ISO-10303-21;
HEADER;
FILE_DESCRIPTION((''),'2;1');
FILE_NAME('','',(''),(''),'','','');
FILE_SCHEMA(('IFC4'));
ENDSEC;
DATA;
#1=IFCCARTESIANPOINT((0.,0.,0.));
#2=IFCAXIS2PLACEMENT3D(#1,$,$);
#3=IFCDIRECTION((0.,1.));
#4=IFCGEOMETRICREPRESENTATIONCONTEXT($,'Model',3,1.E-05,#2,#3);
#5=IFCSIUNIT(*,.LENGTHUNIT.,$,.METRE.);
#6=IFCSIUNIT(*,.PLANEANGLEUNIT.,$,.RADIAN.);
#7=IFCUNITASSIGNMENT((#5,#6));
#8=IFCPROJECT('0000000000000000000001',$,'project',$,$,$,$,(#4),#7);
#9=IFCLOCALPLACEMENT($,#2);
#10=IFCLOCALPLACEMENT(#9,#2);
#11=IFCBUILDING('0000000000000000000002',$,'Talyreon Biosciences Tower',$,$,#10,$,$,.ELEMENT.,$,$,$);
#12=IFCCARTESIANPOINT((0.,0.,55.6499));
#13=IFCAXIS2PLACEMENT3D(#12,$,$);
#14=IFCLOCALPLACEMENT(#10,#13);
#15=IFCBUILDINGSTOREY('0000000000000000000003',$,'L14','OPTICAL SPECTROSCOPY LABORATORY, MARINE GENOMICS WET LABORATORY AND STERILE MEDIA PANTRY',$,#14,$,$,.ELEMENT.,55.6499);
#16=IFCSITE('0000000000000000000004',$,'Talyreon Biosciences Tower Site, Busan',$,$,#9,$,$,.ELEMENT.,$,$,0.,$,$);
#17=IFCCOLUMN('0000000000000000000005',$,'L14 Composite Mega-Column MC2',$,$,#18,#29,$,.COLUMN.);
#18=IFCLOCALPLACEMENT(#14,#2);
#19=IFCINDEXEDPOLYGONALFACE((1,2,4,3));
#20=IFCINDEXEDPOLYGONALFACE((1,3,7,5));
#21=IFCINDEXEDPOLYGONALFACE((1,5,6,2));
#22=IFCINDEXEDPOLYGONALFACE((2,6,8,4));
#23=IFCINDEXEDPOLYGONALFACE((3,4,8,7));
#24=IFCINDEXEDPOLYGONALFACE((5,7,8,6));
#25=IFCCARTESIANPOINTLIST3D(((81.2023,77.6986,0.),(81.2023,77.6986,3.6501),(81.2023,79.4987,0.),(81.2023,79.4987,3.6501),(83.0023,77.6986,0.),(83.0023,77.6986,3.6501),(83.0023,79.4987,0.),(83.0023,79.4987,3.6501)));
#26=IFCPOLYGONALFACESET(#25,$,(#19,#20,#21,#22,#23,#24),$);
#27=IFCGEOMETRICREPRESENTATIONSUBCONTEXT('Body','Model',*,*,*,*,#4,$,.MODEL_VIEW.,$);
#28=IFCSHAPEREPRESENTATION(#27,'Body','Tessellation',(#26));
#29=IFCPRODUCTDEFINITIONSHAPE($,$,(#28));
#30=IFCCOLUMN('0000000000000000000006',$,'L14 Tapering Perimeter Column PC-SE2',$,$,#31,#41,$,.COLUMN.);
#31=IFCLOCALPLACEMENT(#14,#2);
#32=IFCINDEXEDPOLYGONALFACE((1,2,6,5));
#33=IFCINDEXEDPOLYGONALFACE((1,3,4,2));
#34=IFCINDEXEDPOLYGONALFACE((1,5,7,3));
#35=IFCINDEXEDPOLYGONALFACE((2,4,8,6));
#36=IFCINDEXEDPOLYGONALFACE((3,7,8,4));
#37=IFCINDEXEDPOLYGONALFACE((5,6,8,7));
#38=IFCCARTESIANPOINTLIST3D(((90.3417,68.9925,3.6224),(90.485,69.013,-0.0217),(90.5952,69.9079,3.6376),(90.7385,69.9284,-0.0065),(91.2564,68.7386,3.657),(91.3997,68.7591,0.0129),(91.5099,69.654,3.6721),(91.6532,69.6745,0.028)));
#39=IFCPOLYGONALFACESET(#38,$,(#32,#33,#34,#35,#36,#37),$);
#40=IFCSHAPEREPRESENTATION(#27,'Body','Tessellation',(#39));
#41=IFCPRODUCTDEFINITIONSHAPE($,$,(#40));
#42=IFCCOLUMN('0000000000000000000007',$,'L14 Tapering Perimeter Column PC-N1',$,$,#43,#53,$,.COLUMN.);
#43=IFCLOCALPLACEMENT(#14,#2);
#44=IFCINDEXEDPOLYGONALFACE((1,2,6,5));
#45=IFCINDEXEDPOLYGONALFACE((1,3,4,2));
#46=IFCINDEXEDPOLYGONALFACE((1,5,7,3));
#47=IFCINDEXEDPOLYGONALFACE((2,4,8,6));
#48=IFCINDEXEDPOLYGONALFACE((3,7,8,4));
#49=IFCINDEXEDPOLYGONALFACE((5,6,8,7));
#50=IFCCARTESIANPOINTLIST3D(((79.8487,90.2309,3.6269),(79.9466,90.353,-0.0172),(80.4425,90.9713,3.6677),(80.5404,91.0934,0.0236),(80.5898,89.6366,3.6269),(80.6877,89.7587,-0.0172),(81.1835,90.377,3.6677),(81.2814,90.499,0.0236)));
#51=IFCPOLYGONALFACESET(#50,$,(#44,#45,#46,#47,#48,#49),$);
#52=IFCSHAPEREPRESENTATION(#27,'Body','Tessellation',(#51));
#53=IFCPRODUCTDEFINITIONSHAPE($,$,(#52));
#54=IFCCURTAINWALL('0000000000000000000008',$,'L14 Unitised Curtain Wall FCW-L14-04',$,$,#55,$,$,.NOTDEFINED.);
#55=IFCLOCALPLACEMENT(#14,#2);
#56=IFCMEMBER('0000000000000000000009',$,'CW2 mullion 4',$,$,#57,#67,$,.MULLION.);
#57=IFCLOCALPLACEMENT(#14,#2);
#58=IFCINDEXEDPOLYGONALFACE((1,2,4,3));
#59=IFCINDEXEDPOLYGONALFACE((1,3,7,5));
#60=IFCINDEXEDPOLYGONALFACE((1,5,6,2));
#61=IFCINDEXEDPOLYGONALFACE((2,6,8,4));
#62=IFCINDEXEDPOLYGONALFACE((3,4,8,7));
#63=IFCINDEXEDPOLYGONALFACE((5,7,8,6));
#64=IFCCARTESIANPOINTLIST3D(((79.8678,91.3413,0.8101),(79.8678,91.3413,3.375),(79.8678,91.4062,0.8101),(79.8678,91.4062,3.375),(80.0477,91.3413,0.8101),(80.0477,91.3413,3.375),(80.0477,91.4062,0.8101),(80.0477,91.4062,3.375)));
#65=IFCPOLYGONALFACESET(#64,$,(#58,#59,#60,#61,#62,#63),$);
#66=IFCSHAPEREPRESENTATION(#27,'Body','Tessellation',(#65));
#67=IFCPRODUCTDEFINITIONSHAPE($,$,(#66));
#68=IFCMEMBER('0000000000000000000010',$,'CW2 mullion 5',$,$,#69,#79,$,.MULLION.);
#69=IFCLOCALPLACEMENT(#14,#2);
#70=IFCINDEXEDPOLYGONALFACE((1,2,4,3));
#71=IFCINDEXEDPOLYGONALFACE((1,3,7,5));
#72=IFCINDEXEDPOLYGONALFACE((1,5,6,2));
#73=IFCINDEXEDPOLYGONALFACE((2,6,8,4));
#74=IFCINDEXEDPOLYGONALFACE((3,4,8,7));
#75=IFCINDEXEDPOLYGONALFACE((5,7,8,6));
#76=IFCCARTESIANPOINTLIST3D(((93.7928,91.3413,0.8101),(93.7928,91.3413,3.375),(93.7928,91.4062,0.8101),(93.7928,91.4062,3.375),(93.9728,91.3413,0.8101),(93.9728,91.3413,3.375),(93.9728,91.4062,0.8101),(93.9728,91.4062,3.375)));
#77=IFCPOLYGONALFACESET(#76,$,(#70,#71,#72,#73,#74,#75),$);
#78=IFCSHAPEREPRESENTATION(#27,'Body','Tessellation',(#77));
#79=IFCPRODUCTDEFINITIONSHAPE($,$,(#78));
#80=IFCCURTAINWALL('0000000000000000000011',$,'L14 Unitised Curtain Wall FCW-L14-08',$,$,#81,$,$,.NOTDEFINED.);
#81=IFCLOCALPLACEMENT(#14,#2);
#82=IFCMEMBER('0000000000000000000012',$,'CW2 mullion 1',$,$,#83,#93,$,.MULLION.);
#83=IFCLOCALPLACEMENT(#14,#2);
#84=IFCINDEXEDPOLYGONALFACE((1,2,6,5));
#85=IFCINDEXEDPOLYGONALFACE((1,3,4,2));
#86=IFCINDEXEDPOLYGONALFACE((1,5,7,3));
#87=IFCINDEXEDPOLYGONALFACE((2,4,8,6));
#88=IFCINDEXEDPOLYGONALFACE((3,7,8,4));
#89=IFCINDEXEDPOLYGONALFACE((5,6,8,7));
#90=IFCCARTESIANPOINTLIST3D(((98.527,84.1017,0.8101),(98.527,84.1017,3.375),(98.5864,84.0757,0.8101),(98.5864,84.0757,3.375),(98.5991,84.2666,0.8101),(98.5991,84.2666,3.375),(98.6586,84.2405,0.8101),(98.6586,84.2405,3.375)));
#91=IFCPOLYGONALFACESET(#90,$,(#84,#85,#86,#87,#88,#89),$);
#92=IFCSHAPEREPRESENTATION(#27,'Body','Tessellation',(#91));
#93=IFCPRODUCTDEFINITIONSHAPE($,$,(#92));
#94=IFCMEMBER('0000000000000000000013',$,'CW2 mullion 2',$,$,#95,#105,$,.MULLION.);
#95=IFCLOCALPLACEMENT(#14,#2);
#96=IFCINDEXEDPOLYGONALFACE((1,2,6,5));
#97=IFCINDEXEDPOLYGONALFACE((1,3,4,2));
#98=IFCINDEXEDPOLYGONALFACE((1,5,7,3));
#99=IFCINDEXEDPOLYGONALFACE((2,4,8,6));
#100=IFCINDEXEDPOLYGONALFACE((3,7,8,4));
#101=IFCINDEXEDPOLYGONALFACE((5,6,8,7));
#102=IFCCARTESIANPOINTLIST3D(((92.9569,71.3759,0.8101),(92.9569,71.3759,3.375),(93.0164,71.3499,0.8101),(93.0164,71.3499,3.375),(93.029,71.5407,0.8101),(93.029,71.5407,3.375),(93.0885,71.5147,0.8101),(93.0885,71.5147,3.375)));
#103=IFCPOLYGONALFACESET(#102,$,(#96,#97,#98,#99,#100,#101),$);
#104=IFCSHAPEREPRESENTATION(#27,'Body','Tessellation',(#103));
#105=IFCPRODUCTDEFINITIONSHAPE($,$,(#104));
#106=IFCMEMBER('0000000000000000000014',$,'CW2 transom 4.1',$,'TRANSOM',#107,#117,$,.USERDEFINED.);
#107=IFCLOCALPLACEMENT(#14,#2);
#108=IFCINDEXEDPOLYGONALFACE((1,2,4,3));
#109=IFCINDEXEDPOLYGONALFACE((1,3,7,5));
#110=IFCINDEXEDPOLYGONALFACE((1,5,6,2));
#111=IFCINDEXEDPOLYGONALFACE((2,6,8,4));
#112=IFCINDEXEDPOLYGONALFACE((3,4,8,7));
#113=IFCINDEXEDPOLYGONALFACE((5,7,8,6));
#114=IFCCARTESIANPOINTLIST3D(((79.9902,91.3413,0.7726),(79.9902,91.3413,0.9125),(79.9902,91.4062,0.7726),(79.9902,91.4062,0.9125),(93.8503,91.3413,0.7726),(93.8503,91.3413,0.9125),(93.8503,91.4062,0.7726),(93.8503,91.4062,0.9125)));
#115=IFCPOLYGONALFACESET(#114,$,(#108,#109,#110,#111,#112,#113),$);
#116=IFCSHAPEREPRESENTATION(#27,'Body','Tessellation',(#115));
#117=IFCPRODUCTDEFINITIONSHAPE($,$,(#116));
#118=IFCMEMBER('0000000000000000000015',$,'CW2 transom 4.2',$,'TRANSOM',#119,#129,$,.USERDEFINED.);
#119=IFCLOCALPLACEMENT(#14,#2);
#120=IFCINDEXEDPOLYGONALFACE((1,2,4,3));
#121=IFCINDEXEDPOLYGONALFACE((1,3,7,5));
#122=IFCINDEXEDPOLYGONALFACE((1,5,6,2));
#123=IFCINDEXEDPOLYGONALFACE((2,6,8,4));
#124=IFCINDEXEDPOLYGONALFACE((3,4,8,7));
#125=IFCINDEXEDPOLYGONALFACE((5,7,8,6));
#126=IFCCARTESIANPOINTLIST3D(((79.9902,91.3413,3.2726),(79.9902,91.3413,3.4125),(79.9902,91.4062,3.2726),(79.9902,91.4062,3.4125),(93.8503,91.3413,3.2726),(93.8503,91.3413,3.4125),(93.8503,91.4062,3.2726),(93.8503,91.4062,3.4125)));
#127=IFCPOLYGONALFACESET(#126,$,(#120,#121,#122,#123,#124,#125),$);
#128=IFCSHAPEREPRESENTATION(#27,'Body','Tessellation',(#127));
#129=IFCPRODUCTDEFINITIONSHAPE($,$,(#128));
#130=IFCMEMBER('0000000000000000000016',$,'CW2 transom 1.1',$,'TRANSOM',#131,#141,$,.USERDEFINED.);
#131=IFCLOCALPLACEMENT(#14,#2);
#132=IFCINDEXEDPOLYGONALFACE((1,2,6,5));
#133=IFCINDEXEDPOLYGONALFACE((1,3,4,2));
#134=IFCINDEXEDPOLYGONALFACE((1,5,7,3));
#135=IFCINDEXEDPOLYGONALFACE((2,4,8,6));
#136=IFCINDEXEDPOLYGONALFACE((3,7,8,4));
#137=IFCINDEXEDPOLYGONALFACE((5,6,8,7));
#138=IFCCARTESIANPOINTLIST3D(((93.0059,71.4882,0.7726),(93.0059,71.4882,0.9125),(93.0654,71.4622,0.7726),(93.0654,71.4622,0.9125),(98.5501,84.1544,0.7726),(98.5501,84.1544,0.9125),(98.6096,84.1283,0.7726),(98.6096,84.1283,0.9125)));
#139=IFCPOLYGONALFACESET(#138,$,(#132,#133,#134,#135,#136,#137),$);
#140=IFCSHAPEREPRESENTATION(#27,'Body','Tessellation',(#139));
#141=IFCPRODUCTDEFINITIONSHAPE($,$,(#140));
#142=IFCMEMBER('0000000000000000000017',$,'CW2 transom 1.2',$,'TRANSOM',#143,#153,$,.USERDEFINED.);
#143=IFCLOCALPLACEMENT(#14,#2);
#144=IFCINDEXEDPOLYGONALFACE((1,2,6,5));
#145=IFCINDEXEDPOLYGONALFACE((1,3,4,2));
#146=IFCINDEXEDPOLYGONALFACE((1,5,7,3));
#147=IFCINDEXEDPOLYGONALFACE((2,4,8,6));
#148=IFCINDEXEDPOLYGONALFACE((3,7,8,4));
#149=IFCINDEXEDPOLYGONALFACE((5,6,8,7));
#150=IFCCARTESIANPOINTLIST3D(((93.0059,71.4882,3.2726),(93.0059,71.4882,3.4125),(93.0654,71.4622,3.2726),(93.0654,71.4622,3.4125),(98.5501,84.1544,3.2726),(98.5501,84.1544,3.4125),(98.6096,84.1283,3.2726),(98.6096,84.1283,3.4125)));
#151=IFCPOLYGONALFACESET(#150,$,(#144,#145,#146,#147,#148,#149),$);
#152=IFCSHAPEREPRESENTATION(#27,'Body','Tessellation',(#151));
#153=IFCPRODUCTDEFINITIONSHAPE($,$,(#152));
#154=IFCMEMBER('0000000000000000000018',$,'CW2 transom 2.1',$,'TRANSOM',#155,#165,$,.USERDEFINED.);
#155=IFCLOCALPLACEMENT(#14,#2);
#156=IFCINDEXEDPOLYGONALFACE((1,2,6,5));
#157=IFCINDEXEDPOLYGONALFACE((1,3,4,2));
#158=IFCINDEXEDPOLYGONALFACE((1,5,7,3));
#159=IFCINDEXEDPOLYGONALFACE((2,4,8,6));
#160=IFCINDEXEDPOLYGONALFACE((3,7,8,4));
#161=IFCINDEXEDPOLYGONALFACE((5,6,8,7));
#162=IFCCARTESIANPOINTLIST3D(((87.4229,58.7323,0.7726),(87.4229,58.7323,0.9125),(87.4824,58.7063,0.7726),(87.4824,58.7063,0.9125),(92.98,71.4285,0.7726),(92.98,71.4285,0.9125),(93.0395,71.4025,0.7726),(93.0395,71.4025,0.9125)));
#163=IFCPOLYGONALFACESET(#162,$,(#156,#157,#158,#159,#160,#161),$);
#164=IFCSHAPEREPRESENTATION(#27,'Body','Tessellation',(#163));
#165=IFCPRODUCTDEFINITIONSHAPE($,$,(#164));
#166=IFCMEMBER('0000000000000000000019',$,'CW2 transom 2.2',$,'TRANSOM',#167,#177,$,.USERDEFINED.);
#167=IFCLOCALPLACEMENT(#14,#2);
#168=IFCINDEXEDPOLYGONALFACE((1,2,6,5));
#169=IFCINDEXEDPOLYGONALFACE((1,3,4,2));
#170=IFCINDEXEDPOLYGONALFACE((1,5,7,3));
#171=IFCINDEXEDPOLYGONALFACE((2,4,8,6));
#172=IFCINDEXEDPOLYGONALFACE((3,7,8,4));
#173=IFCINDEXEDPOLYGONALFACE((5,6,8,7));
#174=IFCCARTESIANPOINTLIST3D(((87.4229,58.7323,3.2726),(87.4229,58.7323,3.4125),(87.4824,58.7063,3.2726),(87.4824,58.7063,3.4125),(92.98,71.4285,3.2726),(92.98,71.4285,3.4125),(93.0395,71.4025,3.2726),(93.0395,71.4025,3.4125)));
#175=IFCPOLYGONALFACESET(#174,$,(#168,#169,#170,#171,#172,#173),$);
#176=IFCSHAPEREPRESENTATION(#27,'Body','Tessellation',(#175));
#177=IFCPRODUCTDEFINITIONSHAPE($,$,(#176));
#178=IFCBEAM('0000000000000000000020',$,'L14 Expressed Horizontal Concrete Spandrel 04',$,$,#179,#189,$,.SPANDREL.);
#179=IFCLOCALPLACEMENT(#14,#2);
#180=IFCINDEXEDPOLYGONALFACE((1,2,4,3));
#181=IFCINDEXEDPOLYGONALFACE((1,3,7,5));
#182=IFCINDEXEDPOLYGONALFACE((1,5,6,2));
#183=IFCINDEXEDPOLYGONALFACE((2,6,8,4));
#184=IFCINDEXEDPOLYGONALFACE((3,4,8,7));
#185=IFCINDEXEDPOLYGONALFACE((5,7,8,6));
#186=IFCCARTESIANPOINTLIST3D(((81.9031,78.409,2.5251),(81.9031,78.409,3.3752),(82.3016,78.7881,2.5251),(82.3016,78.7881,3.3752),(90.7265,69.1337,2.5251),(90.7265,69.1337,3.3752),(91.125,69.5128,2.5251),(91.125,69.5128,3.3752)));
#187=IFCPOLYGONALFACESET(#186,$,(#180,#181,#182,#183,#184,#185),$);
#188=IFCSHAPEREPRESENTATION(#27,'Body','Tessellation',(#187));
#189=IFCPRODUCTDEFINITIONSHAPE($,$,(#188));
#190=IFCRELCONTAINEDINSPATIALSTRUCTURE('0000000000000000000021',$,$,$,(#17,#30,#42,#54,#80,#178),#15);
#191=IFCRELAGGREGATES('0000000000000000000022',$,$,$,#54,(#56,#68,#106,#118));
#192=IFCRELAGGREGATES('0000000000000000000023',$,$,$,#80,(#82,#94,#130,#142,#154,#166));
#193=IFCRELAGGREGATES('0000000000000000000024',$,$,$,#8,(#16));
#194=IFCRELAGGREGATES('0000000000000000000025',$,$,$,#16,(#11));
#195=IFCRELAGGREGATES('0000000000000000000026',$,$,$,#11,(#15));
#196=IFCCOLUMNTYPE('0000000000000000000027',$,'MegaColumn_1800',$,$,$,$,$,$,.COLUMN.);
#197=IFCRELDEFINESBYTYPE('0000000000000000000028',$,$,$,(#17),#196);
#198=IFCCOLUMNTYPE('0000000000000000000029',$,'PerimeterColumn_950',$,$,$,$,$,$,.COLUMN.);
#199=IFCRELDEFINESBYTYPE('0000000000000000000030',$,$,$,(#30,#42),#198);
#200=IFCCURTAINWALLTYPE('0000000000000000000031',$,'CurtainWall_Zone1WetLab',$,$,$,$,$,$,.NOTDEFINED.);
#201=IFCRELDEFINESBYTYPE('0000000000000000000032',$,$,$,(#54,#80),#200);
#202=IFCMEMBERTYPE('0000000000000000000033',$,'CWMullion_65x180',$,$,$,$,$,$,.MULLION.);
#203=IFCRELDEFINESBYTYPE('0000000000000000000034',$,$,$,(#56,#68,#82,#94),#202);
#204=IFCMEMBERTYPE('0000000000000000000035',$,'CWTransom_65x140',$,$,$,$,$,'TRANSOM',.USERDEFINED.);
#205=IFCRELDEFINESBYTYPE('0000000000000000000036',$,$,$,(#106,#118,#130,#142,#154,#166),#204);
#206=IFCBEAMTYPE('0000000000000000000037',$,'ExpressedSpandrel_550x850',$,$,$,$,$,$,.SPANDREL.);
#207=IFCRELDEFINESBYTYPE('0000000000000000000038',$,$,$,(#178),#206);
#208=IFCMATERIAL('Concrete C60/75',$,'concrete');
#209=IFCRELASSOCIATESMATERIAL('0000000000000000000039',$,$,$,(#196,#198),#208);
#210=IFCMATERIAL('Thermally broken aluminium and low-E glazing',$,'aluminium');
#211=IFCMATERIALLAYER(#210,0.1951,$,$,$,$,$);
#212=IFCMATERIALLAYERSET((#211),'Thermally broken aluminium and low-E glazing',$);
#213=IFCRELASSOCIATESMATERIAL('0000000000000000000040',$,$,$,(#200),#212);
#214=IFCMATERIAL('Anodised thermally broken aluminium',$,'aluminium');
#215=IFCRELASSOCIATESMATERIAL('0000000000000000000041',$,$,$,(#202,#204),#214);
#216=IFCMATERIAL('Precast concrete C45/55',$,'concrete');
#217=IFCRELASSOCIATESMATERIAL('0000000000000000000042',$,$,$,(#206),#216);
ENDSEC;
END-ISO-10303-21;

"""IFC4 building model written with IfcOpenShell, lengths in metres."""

from ifc_helpers import new_model, si_unit, direction, frame, origin, origin_2d, place, context, subcontext, project, spatial, rectangle, extrude, material, layer, layer_set, material_profile, profile_set, type_object, element, aggregate, save


model = new_model("IFC4")

# Units and contexts
model_context = context("Model", 3, precision=1e-05, world=origin(), true_north=direction((0.0, 1.0)))
body_context = subcontext(model_context, "Body", "Model", "MODEL_VIEW")
ifc_project = project(units=[si_unit("LENGTHUNIT", "METRE"), si_unit("PLANEANGLEUNIT", "RADIAN")], contexts=[model_context])

# Site, building, storey
site_placement = place(None, origin())
site = spatial("IfcSite", under=ifc_project, at=site_placement, Name="Talyreon Biosciences Tower Site, Busan", CompositionType="ELEMENT", RefElevation=0.0)
building_placement = place(site_placement, origin())
building = spatial("IfcBuilding", under=site, at=building_placement, Name="Talyreon Biosciences Tower", CompositionType="ELEMENT")
storey_placement = place(building_placement, frame((0.0, 0.0, 55.6499)))
storey = spatial("IfcBuildingStorey", under=building, at=storey_placement, Name="L14", Description="OPTICAL SPECTROSCOPY LABORATORY, MARINE GENOMICS WET LABORATORY AND STERILE MEDIA PANTRY", CompositionType="ELEMENT", Elevation=55.6499)

# Columns
ifc_material_1 = material(Name="Concrete C60/75", Category="concrete")
ifc_material_profile_1 = material_profile(ifc_material_1, rectangle(XDim=1.8, YDim=1.8, at=origin_2d()), Name="RC 1800x1800")
ifc_profile_set_1 = profile_set([ifc_material_profile_1], Name="Concrete C60/75")
column_type_1 = type_object("IfcColumnType", Name="MegaColumn_1800", PredefinedType="COLUMN", material=ifc_profile_set_1)
column_1_placement = place(storey_placement, frame((82.1023, 78.5986, 0.0), z_axis=(0.0, 0.0, 1.0), x_axis=(1.0, 0.0, 0.0)))
element("IfcColumn", 1, at=column_1_placement, inside=storey, type_object=column_type_1, Name="L14 Composite Mega-Column MC2", PredefinedType="COLUMN", context=body_context, shape_type="SweptSolid", body=[
    extrude(rectangle(XDim=1.8, YDim=1.8, at=origin_2d()), origin(), (0.0, 0.0, 1.0), 3.6501),
])
ifc_material_profile_2 = material_profile(ifc_material_1, rectangle(XDim=0.95, YDim=0.95, at=origin_2d()), Name="RC 950x950")
ifc_profile_set_2 = profile_set([ifc_material_profile_2], Name="Concrete C60/75")
column_type_2 = type_object("IfcColumnType", Name="PerimeterColumn_950", PredefinedType="COLUMN", material=ifc_profile_set_2)
column_2_placement = place(storey_placement, frame((91.0691, 69.3438, 0.0032), z_axis=(-0.039296, -0.005623, 0.999212), x_axis=(0.962929, -0.267294, 0.036365)))
element("IfcColumn", 2, at=column_2_placement, inside=storey, type_object=column_type_2, Name="L14 Tapering Perimeter Column PC-SE2", PredefinedType="COLUMN", context=body_context, shape_type="SweptSolid", body=[
    extrude(rectangle(XDim=0.95, YDim=0.95, at=origin_2d()), origin(), (0.0, 0.0, 1.0), 3.647),
])
column_3_placement = place(storey_placement, frame((80.614, 90.426, 0.0032), z_axis=(-0.026841, -0.033468, 0.999079), x_axis=(-0.780107, 0.625646, 0.0)))
element("IfcColumn", 3, at=column_3_placement, inside=storey, type_object=column_type_2, Name="L14 Tapering Perimeter Column PC-N1", PredefinedType="COLUMN", context=body_context, shape_type="SweptSolid", body=[
    extrude(rectangle(XDim=0.95, YDim=0.95, at=origin_2d()), origin(), (0.0, 0.0, 1.0), 3.6475),
])

# Curtain walls, members
ifc_material_2 = material(Name="Thermally broken aluminium and low-E glazing", Category="aluminium")
ifc_layer_1 = layer(ifc_material_2, 0.1951)
ifc_layer_set_1 = layer_set([ifc_layer_1], Name="Thermally broken aluminium and low-E glazing")
curtain_wall_type = type_object("IfcCurtainWallType", Name="CurtainWall_Zone1WetLab", PredefinedType="NOTDEFINED", material=ifc_layer_set_1)
curtain_wall_1_placement = place(storey_placement, origin())
curtain_wall_1 = element("IfcCurtainWall", 4, at=curtain_wall_1_placement, inside=storey, type_object=curtain_wall_type, Name="L14 Unitised Curtain Wall FCW-L14-04", PredefinedType="NOTDEFINED")
ifc_material_3 = material(Name="Anodised thermally broken aluminium", Category="aluminium")
ifc_material_profile_3 = material_profile(ifc_material_3, rectangle(XDim=0.0649, YDim=0.1799, at=origin_2d()), Name="ALUM MULLION 65x180")
ifc_profile_set_3 = profile_set([ifc_material_profile_3], Name="Anodised thermally broken aluminium")
member_type_1 = type_object("IfcMemberType", Name="CWMullion_65x180", PredefinedType="MULLION", material=ifc_profile_set_3)
member_1_placement = place(storey_placement, frame((79.9578, 91.3738, 0.8101), z_axis=(0.0, 0.0, 1.0), x_axis=(0.0, 1.0, 0.0)))
member_1 = element("IfcMember", 5, at=member_1_placement, type_object=member_type_1, Name="CW2 mullion 4", PredefinedType="MULLION", context=body_context, shape_type="SweptSolid", body=[
    extrude(rectangle(XDim=0.0649, YDim=0.1799, at=origin_2d()), origin(), (0.0, 0.0, 1.0), 2.5649),
])
member_2_placement = place(storey_placement, frame((93.8828, 91.3738, 0.8101), z_axis=(0.0, 0.0, 1.0), x_axis=(0.0, 1.0, 0.0)))
member_2 = element("IfcMember", 6, at=member_2_placement, type_object=member_type_1, Name="CW2 mullion 5", PredefinedType="MULLION", context=body_context, shape_type="SweptSolid", body=[
    extrude(rectangle(XDim=0.0649, YDim=0.1799, at=origin_2d()), origin(), (0.0, 0.0, 1.0), 2.5649),
])
curtain_wall_2_placement = place(storey_placement, origin())
curtain_wall_2 = element("IfcCurtainWall", 7, at=curtain_wall_2_placement, inside=storey, type_object=curtain_wall_type, Name="L14 Unitised Curtain Wall FCW-L14-08", PredefinedType="NOTDEFINED")
member_3_placement = place(storey_placement, frame((98.5928, 84.1711, 0.8101), z_axis=(0.0, 0.0, 1.0), x_axis=(0.916092, -0.400968, 0.0)))
member_3 = element("IfcMember", 8, at=member_3_placement, type_object=member_type_1, Name="CW2 mullion 1", PredefinedType="MULLION", context=body_context, shape_type="SweptSolid", body=[
    extrude(rectangle(XDim=0.0649, YDim=0.1799, at=origin_2d()), origin(), (0.0, 0.0, 1.0), 2.5649),
])
member_4_placement = place(storey_placement, frame((93.0227, 71.4453, 0.8101), z_axis=(0.0, 0.0, 1.0), x_axis=(0.916092, -0.400968, 0.0)))
member_4 = element("IfcMember", 9, at=member_4_placement, type_object=member_type_1, Name="CW2 mullion 2", PredefinedType="MULLION", context=body_context, shape_type="SweptSolid", body=[
    extrude(rectangle(XDim=0.0649, YDim=0.1799, at=origin_2d()), origin(), (0.0, 0.0, 1.0), 2.5649),
])

# Members
ifc_material_profile_4 = material_profile(ifc_material_3, rectangle(XDim=0.0649, YDim=0.1399, at=origin_2d()), Name="ALUM TRANSOM 65x140")
ifc_profile_set_4 = profile_set([ifc_material_profile_4], Name="Anodised thermally broken aluminium")
member_type_2 = type_object("IfcMemberType", Name="CWTransom_65x140", ElementType="TRANSOM", PredefinedType="USERDEFINED", material=ifc_profile_set_4)
member_5_placement = place(storey_placement, frame((79.9902, 91.3738, 0.8425), z_axis=(1.0, 0.0, 0.0), x_axis=(0.0, 1.0, 0.0)))
member_5 = element("IfcMember", 10, at=member_5_placement, type_object=member_type_2, Name="CW2 transom 4.1", ObjectType="TRANSOM", PredefinedType="USERDEFINED", context=body_context, shape_type="SweptSolid", body=[
    extrude(rectangle(XDim=0.0649, YDim=0.1399, at=origin_2d()), origin(), (0.0, 0.0, 1.0), 13.8601),
])
member_6_placement = place(storey_placement, frame((79.9902, 91.3738, 3.3425), z_axis=(1.0, 0.0, 0.0), x_axis=(0.0, 1.0, 0.0)))
member_6 = element("IfcMember", 11, at=member_6_placement, type_object=member_type_2, Name="CW2 transom 4.2", ObjectType="TRANSOM", PredefinedType="USERDEFINED", context=body_context, shape_type="SweptSolid", body=[
    extrude(rectangle(XDim=0.0649, YDim=0.1399, at=origin_2d()), origin(), (0.0, 0.0, 1.0), 13.8601),
])
member_7_placement = place(storey_placement, frame((98.5798, 84.1414, 0.8425), z_axis=(-0.400983, -0.916086, 0.0), x_axis=(0.916086, -0.400983, 0.0)))
member_7 = element("IfcMember", 12, at=member_7_placement, type_object=member_type_2, Name="CW2 transom 1.1", ObjectType="TRANSOM", PredefinedType="USERDEFINED", context=body_context, shape_type="SweptSolid", body=[
    extrude(rectangle(XDim=0.0649, YDim=0.1399, at=origin_2d()), origin(), (0.0, 0.0, 1.0), 13.8264),
])
member_8_placement = place(storey_placement, frame((98.5798, 84.1414, 3.3425), z_axis=(-0.400983, -0.916086, 0.0), x_axis=(0.916086, -0.400983, 0.0)))
member_8 = element("IfcMember", 13, at=member_8_placement, type_object=member_type_2, Name="CW2 transom 1.2", ObjectType="TRANSOM", PredefinedType="USERDEFINED", context=body_context, shape_type="SweptSolid", body=[
    extrude(rectangle(XDim=0.0649, YDim=0.1399, at=origin_2d()), origin(), (0.0, 0.0, 1.0), 13.8264),
])
member_9_placement = place(storey_placement, frame((93.0098, 71.4155, 0.8425), z_axis=(-0.40097, -0.916091, 0.0), x_axis=(0.916091, -0.40097, 0.0)))
member_9 = element("IfcMember", 14, at=member_9_placement, type_object=member_type_2, Name="CW2 transom 2.1", ObjectType="TRANSOM", PredefinedType="USERDEFINED", context=body_context, shape_type="SweptSolid", body=[
    extrude(rectangle(XDim=0.0649, YDim=0.1399, at=origin_2d()), origin(), (0.0, 0.0, 1.0), 13.8591),
])
member_10_placement = place(storey_placement, frame((93.0098, 71.4155, 3.3425), z_axis=(-0.40097, -0.916091, 0.0), x_axis=(0.916091, -0.40097, 0.0)))
member_10 = element("IfcMember", 15, at=member_10_placement, type_object=member_type_2, Name="CW2 transom 2.2", ObjectType="TRANSOM", PredefinedType="USERDEFINED", context=body_context, shape_type="SweptSolid", body=[
    extrude(rectangle(XDim=0.0649, YDim=0.1399, at=origin_2d()), origin(), (0.0, 0.0, 1.0), 13.8591),
])

# Beam
ifc_material_4 = material(Name="Precast concrete C45/55", Category="concrete")
ifc_material_profile_5 = material_profile(ifc_material_4, rectangle(XDim=0.55, YDim=0.8501, at=origin_2d()), Name="RCB 550x850")
ifc_profile_set_5 = profile_set([ifc_material_profile_5], Name="Precast concrete C45/55")
beam_type_1 = type_object("IfcBeamType", Name="ExpressedSpandrel_550x850", PredefinedType="SPANDREL", material=ifc_profile_set_5)
beam_1_placement = place(storey_placement, frame((90.9258, 69.3232, 2.9502), z_axis=(-0.689236, 0.724536, 0.0), x_axis=(-0.724536, -0.689236, 0.0)))
element("IfcBeam", 16, at=beam_1_placement, inside=storey, type_object=beam_type_1, Name="L14 Expressed Horizontal Concrete Spandrel 04", PredefinedType="SPANDREL", context=body_context, shape_type="SweptSolid", body=[
    extrude(rectangle(XDim=0.55, YDim=0.8501, at=origin_2d()), origin(), (0.0, 0.0, 1.0), 12.8018),
])

aggregate(curtain_wall_1, [member_1, member_2, member_5, member_6])
aggregate(curtain_wall_2, [member_3, member_4, member_7, member_8, member_9, member_10])

save(model, "model.ifc")
